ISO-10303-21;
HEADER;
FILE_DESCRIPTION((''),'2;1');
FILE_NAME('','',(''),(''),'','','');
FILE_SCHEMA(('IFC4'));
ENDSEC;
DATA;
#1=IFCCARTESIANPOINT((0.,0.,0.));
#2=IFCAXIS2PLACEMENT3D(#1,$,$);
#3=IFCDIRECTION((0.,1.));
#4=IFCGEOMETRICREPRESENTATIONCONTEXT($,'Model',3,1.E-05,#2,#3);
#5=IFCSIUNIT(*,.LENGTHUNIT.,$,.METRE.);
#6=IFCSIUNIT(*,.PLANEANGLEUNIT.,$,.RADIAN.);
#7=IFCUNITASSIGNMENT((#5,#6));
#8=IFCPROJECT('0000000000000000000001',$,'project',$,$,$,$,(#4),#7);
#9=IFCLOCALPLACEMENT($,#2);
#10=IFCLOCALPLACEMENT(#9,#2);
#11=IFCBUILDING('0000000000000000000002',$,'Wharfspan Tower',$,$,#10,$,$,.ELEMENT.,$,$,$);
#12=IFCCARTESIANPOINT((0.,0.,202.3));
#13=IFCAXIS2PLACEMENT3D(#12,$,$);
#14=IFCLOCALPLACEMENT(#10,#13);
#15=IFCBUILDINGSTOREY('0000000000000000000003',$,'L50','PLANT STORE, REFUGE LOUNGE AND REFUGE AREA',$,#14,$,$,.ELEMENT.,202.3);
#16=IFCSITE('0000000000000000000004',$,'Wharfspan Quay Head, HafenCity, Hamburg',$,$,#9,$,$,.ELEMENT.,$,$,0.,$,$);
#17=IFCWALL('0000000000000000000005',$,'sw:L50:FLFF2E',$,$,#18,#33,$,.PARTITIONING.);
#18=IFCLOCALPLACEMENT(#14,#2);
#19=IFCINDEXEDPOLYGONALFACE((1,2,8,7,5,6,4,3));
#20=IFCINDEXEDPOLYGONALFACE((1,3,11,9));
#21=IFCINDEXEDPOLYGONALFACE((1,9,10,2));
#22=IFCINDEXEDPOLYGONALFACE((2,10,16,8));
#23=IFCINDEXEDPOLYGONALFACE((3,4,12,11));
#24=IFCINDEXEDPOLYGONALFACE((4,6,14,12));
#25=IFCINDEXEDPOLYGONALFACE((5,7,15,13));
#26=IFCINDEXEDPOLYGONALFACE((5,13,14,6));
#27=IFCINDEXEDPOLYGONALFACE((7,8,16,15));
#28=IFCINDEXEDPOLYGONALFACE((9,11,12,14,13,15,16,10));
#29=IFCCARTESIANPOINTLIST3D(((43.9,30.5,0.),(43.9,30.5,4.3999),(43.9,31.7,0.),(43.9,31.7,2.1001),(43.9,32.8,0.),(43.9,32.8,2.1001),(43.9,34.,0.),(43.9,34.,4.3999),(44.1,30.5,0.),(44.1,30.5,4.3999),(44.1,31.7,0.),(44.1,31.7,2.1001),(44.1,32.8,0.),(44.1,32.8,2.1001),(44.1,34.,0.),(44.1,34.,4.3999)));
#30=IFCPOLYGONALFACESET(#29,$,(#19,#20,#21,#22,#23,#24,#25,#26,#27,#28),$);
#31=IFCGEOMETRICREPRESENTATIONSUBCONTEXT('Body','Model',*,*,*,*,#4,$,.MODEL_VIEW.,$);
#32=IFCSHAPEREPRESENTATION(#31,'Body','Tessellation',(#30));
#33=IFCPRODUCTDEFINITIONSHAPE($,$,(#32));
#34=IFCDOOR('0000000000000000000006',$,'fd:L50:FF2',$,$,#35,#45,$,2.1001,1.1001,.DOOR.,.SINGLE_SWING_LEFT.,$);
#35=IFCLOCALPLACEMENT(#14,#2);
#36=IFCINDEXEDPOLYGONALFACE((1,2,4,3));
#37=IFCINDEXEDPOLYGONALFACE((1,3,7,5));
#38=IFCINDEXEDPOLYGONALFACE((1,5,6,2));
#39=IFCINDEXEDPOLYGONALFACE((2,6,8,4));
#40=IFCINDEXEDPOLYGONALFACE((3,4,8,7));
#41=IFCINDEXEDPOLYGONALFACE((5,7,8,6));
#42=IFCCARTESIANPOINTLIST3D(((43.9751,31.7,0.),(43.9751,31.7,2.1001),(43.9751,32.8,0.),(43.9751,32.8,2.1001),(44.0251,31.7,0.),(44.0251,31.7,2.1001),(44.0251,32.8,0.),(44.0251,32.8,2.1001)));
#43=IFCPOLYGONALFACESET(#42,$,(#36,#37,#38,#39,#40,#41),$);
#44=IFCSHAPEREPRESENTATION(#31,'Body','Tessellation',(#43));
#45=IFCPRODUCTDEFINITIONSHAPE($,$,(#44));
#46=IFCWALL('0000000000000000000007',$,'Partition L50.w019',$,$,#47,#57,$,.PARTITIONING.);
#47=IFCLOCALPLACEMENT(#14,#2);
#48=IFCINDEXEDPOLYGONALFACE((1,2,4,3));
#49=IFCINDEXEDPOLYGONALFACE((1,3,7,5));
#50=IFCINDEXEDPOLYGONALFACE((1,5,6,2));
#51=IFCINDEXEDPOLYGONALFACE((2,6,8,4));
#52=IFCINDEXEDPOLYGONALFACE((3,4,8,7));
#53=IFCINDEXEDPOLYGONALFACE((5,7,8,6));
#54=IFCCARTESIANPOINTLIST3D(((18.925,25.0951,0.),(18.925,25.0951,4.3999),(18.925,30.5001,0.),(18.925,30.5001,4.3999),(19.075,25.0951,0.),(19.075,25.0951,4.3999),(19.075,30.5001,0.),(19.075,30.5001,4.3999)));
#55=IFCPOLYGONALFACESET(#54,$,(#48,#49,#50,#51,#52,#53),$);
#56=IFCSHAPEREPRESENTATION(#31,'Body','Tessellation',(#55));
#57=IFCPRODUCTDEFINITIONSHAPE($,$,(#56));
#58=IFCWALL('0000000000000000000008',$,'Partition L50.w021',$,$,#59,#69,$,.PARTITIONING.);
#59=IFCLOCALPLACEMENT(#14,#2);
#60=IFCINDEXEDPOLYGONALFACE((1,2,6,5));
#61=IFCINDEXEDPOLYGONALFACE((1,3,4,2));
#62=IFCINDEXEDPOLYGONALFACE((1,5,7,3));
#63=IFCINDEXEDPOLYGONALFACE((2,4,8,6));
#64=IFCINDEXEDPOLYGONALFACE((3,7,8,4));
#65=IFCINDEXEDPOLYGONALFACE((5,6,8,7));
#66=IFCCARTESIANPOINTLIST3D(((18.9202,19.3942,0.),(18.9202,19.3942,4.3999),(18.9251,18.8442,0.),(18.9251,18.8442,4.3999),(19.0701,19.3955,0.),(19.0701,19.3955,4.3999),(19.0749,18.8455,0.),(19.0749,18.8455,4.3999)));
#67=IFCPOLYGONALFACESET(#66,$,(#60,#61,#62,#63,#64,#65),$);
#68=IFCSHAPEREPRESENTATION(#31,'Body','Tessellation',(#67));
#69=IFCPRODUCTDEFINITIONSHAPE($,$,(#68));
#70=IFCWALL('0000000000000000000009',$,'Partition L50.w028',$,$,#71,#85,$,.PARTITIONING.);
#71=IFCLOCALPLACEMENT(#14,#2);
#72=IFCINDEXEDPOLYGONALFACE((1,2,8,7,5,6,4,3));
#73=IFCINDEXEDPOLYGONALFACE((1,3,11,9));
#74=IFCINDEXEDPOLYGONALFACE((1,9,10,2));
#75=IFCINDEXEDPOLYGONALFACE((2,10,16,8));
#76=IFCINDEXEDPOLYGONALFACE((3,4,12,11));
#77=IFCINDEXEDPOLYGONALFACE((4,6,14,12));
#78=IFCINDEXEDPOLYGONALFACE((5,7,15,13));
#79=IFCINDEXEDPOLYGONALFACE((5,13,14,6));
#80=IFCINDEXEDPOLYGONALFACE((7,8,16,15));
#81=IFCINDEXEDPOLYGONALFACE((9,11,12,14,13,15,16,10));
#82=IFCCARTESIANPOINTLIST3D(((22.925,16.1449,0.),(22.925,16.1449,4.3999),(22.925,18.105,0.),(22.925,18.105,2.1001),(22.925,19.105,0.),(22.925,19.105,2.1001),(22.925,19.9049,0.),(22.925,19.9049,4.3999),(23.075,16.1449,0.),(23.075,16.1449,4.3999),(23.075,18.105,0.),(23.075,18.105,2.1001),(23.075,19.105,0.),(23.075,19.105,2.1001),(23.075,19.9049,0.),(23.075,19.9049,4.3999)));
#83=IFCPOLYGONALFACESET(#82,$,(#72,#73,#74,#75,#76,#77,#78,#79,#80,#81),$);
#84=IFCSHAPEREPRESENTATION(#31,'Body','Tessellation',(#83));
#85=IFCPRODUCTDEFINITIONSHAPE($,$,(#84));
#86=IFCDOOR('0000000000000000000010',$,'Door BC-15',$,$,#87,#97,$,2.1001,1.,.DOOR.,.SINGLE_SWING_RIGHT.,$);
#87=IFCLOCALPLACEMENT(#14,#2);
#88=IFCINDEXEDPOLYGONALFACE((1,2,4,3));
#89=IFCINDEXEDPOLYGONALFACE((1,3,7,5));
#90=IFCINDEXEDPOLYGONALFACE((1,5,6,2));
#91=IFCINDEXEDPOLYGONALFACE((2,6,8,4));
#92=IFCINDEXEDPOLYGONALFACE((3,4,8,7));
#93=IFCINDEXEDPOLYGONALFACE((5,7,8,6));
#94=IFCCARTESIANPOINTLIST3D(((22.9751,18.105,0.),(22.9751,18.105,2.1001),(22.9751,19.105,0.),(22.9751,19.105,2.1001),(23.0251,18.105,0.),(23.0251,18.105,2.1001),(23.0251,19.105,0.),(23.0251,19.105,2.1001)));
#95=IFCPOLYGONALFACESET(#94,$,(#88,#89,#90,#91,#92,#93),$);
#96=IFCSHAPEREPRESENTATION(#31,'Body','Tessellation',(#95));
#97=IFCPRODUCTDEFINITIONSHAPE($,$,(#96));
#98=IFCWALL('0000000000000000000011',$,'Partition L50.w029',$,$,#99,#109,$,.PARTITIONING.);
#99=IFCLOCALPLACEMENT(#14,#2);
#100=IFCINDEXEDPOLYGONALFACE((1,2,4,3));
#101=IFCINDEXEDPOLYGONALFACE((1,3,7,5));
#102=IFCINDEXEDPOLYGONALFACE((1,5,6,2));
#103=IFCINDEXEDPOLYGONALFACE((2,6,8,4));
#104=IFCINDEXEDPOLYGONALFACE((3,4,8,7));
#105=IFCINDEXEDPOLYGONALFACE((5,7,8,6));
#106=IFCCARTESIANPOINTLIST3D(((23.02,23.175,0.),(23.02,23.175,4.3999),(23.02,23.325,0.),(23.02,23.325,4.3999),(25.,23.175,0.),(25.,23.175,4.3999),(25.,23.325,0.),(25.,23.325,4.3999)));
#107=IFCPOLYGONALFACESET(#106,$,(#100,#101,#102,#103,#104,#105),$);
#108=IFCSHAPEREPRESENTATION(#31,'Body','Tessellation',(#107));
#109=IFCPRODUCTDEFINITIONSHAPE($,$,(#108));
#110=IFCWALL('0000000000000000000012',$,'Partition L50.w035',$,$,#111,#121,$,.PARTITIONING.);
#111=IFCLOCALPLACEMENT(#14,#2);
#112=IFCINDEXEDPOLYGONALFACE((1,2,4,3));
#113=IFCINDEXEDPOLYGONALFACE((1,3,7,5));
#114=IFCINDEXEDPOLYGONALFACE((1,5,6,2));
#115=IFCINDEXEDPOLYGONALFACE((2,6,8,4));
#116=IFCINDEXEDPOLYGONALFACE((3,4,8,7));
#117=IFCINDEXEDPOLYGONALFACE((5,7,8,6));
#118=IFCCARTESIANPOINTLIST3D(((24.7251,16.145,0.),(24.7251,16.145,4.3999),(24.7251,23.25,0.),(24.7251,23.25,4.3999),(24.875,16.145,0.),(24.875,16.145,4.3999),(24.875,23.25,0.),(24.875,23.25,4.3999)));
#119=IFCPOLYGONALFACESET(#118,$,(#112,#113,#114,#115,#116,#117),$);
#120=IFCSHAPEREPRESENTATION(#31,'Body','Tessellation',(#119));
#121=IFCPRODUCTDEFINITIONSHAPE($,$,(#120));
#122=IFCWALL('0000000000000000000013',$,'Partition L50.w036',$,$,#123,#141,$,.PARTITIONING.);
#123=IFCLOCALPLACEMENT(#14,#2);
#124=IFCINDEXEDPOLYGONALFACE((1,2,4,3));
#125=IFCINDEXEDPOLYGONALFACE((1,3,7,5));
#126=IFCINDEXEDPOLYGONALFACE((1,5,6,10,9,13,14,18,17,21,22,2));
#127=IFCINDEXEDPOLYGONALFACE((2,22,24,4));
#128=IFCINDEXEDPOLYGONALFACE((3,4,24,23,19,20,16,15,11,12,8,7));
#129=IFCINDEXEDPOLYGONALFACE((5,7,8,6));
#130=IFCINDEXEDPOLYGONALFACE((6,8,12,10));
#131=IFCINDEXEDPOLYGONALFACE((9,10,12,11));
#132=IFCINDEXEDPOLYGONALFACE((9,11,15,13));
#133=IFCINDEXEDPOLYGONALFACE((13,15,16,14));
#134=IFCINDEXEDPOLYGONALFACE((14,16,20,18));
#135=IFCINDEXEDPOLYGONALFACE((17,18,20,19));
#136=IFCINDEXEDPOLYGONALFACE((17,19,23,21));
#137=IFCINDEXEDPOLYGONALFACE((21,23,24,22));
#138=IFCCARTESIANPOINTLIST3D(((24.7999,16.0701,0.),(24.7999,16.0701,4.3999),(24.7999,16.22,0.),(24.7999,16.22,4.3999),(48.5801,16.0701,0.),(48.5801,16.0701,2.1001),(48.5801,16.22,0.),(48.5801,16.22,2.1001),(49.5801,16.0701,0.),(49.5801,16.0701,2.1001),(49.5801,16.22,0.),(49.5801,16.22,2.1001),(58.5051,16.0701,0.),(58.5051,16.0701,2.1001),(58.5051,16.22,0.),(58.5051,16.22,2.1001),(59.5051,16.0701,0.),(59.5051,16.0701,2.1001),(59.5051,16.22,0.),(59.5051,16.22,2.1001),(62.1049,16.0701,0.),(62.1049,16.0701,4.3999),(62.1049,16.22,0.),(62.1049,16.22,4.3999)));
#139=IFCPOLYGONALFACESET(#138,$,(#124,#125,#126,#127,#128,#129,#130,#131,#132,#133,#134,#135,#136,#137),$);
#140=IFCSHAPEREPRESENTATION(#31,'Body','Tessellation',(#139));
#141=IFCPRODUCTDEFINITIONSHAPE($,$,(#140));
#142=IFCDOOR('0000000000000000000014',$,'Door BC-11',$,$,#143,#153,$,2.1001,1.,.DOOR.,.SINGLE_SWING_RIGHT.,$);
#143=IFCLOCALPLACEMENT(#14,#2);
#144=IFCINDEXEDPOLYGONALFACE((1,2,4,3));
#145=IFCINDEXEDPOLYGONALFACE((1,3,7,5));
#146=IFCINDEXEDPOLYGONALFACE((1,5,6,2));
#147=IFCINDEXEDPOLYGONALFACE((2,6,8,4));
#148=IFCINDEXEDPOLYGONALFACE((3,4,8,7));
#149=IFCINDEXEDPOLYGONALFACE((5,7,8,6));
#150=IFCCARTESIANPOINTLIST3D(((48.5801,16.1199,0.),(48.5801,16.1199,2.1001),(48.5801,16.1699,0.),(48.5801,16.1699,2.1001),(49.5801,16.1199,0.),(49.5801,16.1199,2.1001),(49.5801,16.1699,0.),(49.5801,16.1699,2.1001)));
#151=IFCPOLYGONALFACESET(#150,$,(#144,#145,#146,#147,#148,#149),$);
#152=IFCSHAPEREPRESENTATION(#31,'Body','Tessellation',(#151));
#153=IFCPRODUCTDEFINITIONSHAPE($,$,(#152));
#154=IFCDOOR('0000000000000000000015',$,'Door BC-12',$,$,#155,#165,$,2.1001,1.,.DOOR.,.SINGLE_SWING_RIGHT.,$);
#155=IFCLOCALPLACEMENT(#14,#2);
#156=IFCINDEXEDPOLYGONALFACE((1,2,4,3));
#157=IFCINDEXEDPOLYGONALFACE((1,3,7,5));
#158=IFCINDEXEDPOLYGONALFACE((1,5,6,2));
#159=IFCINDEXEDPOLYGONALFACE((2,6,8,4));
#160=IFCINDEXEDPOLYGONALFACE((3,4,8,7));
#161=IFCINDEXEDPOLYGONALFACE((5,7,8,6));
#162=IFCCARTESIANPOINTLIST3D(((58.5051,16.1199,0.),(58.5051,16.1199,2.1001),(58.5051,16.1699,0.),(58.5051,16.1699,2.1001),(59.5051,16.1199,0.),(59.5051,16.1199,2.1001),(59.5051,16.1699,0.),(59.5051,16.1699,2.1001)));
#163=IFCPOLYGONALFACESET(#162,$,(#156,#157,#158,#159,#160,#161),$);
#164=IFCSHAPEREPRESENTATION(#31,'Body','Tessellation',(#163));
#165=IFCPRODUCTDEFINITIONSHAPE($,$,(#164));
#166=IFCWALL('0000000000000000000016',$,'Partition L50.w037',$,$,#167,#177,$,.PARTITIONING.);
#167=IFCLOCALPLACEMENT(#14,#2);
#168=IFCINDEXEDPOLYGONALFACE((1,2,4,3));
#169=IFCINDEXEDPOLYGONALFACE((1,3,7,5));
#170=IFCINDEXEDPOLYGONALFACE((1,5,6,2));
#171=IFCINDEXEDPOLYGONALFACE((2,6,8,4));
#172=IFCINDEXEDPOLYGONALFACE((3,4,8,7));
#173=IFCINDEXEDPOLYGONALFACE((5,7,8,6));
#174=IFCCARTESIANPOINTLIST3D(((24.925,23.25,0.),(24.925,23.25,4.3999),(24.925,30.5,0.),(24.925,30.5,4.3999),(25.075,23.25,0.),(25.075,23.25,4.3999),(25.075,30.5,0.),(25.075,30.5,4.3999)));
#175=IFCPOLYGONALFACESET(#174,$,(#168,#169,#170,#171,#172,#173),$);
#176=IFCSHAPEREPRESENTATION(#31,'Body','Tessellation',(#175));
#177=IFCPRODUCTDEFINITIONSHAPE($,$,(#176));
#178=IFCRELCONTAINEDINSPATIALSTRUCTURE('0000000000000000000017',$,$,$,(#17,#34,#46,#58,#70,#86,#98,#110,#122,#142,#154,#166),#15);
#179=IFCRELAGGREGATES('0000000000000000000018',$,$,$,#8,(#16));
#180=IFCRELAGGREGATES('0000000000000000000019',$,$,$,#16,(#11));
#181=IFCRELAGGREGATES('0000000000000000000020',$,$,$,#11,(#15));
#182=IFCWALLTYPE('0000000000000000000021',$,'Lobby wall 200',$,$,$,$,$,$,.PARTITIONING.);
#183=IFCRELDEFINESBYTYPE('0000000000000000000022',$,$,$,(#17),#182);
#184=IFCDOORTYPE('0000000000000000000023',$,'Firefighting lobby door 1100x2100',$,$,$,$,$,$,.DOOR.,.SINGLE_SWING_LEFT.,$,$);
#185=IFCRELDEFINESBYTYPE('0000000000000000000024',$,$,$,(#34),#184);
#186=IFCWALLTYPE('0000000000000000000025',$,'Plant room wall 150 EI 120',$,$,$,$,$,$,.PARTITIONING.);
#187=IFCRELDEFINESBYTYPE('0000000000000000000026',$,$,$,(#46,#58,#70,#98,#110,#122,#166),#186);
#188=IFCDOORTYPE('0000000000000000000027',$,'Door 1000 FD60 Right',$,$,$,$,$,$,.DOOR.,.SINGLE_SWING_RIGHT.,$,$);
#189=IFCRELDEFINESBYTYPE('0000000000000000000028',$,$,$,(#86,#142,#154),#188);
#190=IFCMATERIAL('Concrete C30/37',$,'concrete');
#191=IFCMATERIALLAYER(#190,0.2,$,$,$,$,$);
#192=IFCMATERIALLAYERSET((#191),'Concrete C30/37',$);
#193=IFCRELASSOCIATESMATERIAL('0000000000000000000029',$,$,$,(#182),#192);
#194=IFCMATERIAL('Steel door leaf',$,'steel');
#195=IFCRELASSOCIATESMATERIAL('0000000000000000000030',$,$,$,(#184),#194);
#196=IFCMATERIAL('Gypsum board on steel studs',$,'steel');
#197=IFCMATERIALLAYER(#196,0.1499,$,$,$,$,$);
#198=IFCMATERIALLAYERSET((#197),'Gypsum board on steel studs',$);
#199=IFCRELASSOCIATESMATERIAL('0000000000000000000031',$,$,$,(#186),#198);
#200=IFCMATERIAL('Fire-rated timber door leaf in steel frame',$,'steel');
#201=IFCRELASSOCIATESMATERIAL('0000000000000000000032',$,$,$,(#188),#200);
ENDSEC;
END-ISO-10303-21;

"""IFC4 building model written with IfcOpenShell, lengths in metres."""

from ifc_helpers import new_model, si_unit, direction, frame, frame_2d, origin, place, context, subcontext, project, spatial, rectangle, extrude, material, layer, layer_set, type_object, element, fill, save


model = new_model("IFC4")

# Units and contexts
model_context = context("Model", 3, precision=1e-05, world=origin(), true_north=direction((0.0, 1.0)))
body_context = subcontext(model_context, "Body", "Model", "MODEL_VIEW")
ifc_project = project(units=[si_unit("LENGTHUNIT", "METRE"), si_unit("PLANEANGLEUNIT", "RADIAN")], contexts=[model_context])

# Site, building, storey
site_placement = place(None, origin())
site = spatial("IfcSite", under=ifc_project, at=site_placement, Name="Wharfspan Quay Head, HafenCity, Hamburg", CompositionType="ELEMENT", RefElevation=0.0)
building_placement = place(site_placement, origin())
building = spatial("IfcBuilding", under=site, at=building_placement, Name="Wharfspan Tower", CompositionType="ELEMENT")
storey_placement = place(building_placement, frame((0.0, 0.0, 202.3)))
storey = spatial("IfcBuildingStorey", under=building, at=storey_placement, Name="L50", Description="PLANT STORE, REFUGE LOUNGE AND REFUGE AREA", CompositionType="ELEMENT", Elevation=202.3)

# Shared definitions
ifc_material_1 = material(Name="Concrete C30/37", Category="concrete")
ifc_layer_1 = layer(ifc_material_1, 0.2)
ifc_layer_set_1 = layer_set([ifc_layer_1], Name="Concrete C30/37")
wall_type_1 = type_object("IfcWallType", Name="Lobby wall 200", PredefinedType="PARTITIONING", material=ifc_layer_set_1)
ifc_material_2 = material(Name="Steel door leaf", Category="steel")
door_type_1 = type_object("IfcDoorType", Name="Firefighting lobby door 1100x2100", OperationType="SINGLE_SWING_LEFT", PredefinedType="DOOR", material=ifc_material_2)

# Wall, opening, door
wall_1_placement = place(storey_placement, frame((44.0, 30.5, 0.0), z_axis=(0.0, 0.0, 1.0), x_axis=(0.0, 1.0, 0.0)))
wall_1 = element("IfcWall", 1, at=wall_1_placement, inside=storey, type_object=wall_type_1, Name="sw:L50:FLFF2E", PredefinedType="PARTITIONING", context=body_context, shape_type="SweptSolid", body=[
    extrude(rectangle(XDim=3.5, YDim=0.2, at=frame_2d((1.75, 0.0))), origin(), (0.0, 0.0, 1.0), 4.3999),
])
opening_1_placement = place(wall_1_placement, frame((1.2, 0.0, 0.0)))
opening_1 = element("IfcOpeningElement", 2, at=opening_1_placement, cuts=wall_1, PredefinedType="OPENING", context=body_context, shape_type="SweptSolid", body=[
    extrude(rectangle(XDim=1.1001, YDim=2.1001, at=frame_2d((0.55, 1.05))), frame((0.0, 0.1099, 0.0), z_axis=(0.0, -1.0, 0.0), x_axis=(1.0, 0.0, 0.0)), (0.0, 0.0, 1.0), 0.22),
])
door_1_placement = place(opening_1_placement, origin())
door_1 = element("IfcDoor", 3, at=door_1_placement, inside=storey, type_object=door_type_1, Name="fd:L50:FF2", OperationType="SINGLE_SWING_LEFT", OverallHeight=2.1001, OverallWidth=1.1001, PredefinedType="DOOR", context=body_context, shape_type="SweptSolid", body=[
    extrude(rectangle(XDim=1.1001, YDim=2.1001, at=frame_2d((0.55, 1.05))), frame((0.0, 0.0249, 0.0), z_axis=(0.0, -1.0, 0.0), x_axis=(1.0, 0.0, 0.0)), (0.0, 0.0, 1.0), 0.05),
])
fill(opening_1, door_1)

# Walls
ifc_material_3 = material(Name="Gypsum board on steel studs", Category="steel")
ifc_layer_2 = layer(ifc_material_3, 0.1499)
ifc_layer_set_2 = layer_set([ifc_layer_2], Name="Gypsum board on steel studs")
wall_type_2 = type_object("IfcWallType", Name="Plant room wall 150 EI 120", PredefinedType="PARTITIONING", material=ifc_layer_set_2)
wall_2_placement = place(storey_placement, frame((19.0, 25.095, 0.0), z_axis=(0.0, 0.0, 1.0), x_axis=(0.0, 1.0, 0.0)))
element("IfcWall", 4, at=wall_2_placement, inside=storey, type_object=wall_type_2, Name="Partition L50.w019", PredefinedType="PARTITIONING", context=body_context, shape_type="SweptSolid", body=[
    extrude(rectangle(XDim=5.405, YDim=0.1499, at=frame_2d((2.7026, 0.0))), origin(), (0.0, 0.0, 1.0), 4.3999),
])
wall_3_placement = place(storey_placement, frame((19.0, 18.845, 0.0), z_axis=(0.0, 0.0, 1.0), x_axis=(-0.008877, 0.999965, 0.0)))
element("IfcWall", 5, at=wall_3_placement, inside=storey, type_object=wall_type_2, Name="Partition L50.w021", PredefinedType="PARTITIONING", context=body_context, shape_type="SweptSolid", body=[
    extrude(rectangle(XDim=0.55, YDim=0.1499, at=frame_2d((0.2749, 0.0))), origin(), (0.0, 0.0, 1.0), 4.3999),
])

# Wall, opening, door
wall_4_placement = place(storey_placement, frame((23.0, 16.145, 0.0), z_axis=(0.0, 0.0, 1.0), x_axis=(0.0, 1.0, 0.0)))
wall_4 = element("IfcWall", 6, at=wall_4_placement, inside=storey, type_object=wall_type_2, Name="Partition L50.w028", PredefinedType="PARTITIONING", context=body_context, shape_type="SweptSolid", body=[
    extrude(rectangle(XDim=3.76, YDim=0.1499, at=frame_2d((1.8799, 0.0))), origin(), (0.0, 0.0, 1.0), 4.3999),
])
opening_2_placement = place(wall_4_placement, frame((1.96, 0.0, 0.0)))
opening_2 = element("IfcOpeningElement", 7, at=opening_2_placement, cuts=wall_4, PredefinedType="OPENING", context=body_context, shape_type="SweptSolid", body=[
    extrude(rectangle(XDim=1.0, YDim=2.1001, at=frame_2d((0.5, 1.05))), frame((0.0, 0.085, 0.0), z_axis=(0.0, -1.0, 0.0), x_axis=(1.0, 0.0, 0.0)), (0.0, 0.0, 1.0), 0.1699),
])
ifc_material_4 = material(Name="Fire-rated timber door leaf in steel frame", Category="steel")
door_type_2 = type_object("IfcDoorType", Name="Door 1000 FD60 Right", OperationType="SINGLE_SWING_RIGHT", PredefinedType="DOOR", material=ifc_material_4)
door_2_placement = place(opening_2_placement, origin())
door_2 = element("IfcDoor", 8, at=door_2_placement, inside=storey, type_object=door_type_2, Name="Door BC-15", OperationType="SINGLE_SWING_RIGHT", OverallHeight=2.1001, OverallWidth=1.0, PredefinedType="DOOR", context=body_context, shape_type="SweptSolid", body=[
    extrude(rectangle(XDim=1.0, YDim=2.1001, at=frame_2d((0.5, 1.05))), frame((0.0, 0.0249, 0.0), z_axis=(0.0, -1.0, 0.0), x_axis=(1.0, 0.0, 0.0)), (0.0, 0.0, 1.0), 0.05),
])
fill(opening_2, door_2)

# Walls
wall_5_placement = place(storey_placement, frame((23.02, 23.25, 0.0), z_axis=(0.0, 0.0, 1.0), x_axis=(1.0, 0.0, 0.0)))
element("IfcWall", 9, at=wall_5_placement, inside=storey, type_object=wall_type_2, Name="Partition L50.w029", PredefinedType="PARTITIONING", context=body_context, shape_type="SweptSolid", body=[
    extrude(rectangle(XDim=1.98, YDim=0.1499, at=frame_2d((0.99, 0.0))), origin(), (0.0, 0.0, 1.0), 4.3999),
])
wall_6_placement = place(storey_placement, frame((24.8, 16.145, 0.0), z_axis=(0.0, 0.0, 1.0), x_axis=(0.0, 1.0, 0.0)))
element("IfcWall", 10, at=wall_6_placement, inside=storey, type_object=wall_type_2, Name="Partition L50.w035", PredefinedType="PARTITIONING", context=body_context, shape_type="SweptSolid", body=[
    extrude(rectangle(XDim=7.105, YDim=0.1499, at=frame_2d((3.5525, 0.0))), origin(), (0.0, 0.0, 1.0), 4.3999),
])

# Wall, openings, doors
wall_7_placement = place(storey_placement, frame((24.8, 16.145, 0.0), z_axis=(0.0, 0.0, 1.0), x_axis=(1.0, 0.0, 0.0)))
wall_7 = element("IfcWall", 11, at=wall_7_placement, inside=storey, type_object=wall_type_2, Name="Partition L50.w036", PredefinedType="PARTITIONING", context=body_context, shape_type="SweptSolid", body=[
    extrude(rectangle(XDim=37.3049, YDim=0.1499, at=frame_2d((18.6523, 0.0))), origin(), (0.0, 0.0, 1.0), 4.3999),
])
opening_3_placement = place(wall_7_placement, frame((23.78, 0.0, 0.0)))
opening_3 = element("IfcOpeningElement", 12, at=opening_3_placement, cuts=wall_7, PredefinedType="OPENING", context=body_context, shape_type="SweptSolid", body=[
    extrude(rectangle(XDim=1.0, YDim=2.1001, at=frame_2d((0.5, 1.05))), frame((0.0, 0.085, 0.0), z_axis=(0.0, -1.0, 0.0), x_axis=(1.0, 0.0, 0.0)), (0.0, 0.0, 1.0), 0.1699),
])
opening_4_placement = place(wall_7_placement, frame((33.7051, 0.0, 0.0)))
opening_4 = element("IfcOpeningElement", 13, at=opening_4_placement, cuts=wall_7, PredefinedType="OPENING", context=body_context, shape_type="SweptSolid", body=[
    extrude(rectangle(XDim=1.0, YDim=2.1001, at=frame_2d((0.5, 1.05))), frame((0.0, 0.085, 0.0), z_axis=(0.0, -1.0, 0.0), x_axis=(1.0, 0.0, 0.0)), (0.0, 0.0, 1.0), 0.1699),
])
door_3_placement = place(opening_3_placement, origin())
door_3 = element("IfcDoor", 14, at=door_3_placement, inside=storey, type_object=door_type_2, Name="Door BC-11", OperationType="SINGLE_SWING_RIGHT", OverallHeight=2.1001, OverallWidth=1.0, PredefinedType="DOOR", context=body_context, shape_type="SweptSolid", body=[
    extrude(rectangle(XDim=1.0, YDim=2.1001, at=frame_2d((0.5, 1.05))), frame((0.0, 0.0249, 0.0), z_axis=(0.0, -1.0, 0.0), x_axis=(1.0, 0.0, 0.0)), (0.0, 0.0, 1.0), 0.05),
])
fill(opening_3, door_3)
door_4_placement = place(opening_4_placement, origin())
door_4 = element("IfcDoor", 15, at=door_4_placement, inside=storey, type_object=door_type_2, Name="Door BC-12", OperationType="SINGLE_SWING_RIGHT", OverallHeight=2.1001, OverallWidth=1.0, PredefinedType="DOOR", context=body_context, shape_type="SweptSolid", body=[
    extrude(rectangle(XDim=1.0, YDim=2.1001, at=frame_2d((0.5, 1.05))), frame((0.0, 0.0249, 0.0), z_axis=(0.0, -1.0, 0.0), x_axis=(1.0, 0.0, 0.0)), (0.0, 0.0, 1.0), 0.05),
])
fill(opening_4, door_4)

# Wall
wall_8_placement = place(storey_placement, frame((25.0, 23.25, 0.0), z_axis=(0.0, 0.0, 1.0), x_axis=(0.0, 1.0, 0.0)))
element("IfcWall", 16, at=wall_8_placement, inside=storey, type_object=wall_type_2, Name="Partition L50.w037", PredefinedType="PARTITIONING", context=body_context, shape_type="SweptSolid", body=[
    extrude(rectangle(XDim=7.25, YDim=0.1499, at=frame_2d((3.625, 0.0))), origin(), (0.0, 0.0, 1.0), 4.3999),
])

save(model, "model.ifc")
